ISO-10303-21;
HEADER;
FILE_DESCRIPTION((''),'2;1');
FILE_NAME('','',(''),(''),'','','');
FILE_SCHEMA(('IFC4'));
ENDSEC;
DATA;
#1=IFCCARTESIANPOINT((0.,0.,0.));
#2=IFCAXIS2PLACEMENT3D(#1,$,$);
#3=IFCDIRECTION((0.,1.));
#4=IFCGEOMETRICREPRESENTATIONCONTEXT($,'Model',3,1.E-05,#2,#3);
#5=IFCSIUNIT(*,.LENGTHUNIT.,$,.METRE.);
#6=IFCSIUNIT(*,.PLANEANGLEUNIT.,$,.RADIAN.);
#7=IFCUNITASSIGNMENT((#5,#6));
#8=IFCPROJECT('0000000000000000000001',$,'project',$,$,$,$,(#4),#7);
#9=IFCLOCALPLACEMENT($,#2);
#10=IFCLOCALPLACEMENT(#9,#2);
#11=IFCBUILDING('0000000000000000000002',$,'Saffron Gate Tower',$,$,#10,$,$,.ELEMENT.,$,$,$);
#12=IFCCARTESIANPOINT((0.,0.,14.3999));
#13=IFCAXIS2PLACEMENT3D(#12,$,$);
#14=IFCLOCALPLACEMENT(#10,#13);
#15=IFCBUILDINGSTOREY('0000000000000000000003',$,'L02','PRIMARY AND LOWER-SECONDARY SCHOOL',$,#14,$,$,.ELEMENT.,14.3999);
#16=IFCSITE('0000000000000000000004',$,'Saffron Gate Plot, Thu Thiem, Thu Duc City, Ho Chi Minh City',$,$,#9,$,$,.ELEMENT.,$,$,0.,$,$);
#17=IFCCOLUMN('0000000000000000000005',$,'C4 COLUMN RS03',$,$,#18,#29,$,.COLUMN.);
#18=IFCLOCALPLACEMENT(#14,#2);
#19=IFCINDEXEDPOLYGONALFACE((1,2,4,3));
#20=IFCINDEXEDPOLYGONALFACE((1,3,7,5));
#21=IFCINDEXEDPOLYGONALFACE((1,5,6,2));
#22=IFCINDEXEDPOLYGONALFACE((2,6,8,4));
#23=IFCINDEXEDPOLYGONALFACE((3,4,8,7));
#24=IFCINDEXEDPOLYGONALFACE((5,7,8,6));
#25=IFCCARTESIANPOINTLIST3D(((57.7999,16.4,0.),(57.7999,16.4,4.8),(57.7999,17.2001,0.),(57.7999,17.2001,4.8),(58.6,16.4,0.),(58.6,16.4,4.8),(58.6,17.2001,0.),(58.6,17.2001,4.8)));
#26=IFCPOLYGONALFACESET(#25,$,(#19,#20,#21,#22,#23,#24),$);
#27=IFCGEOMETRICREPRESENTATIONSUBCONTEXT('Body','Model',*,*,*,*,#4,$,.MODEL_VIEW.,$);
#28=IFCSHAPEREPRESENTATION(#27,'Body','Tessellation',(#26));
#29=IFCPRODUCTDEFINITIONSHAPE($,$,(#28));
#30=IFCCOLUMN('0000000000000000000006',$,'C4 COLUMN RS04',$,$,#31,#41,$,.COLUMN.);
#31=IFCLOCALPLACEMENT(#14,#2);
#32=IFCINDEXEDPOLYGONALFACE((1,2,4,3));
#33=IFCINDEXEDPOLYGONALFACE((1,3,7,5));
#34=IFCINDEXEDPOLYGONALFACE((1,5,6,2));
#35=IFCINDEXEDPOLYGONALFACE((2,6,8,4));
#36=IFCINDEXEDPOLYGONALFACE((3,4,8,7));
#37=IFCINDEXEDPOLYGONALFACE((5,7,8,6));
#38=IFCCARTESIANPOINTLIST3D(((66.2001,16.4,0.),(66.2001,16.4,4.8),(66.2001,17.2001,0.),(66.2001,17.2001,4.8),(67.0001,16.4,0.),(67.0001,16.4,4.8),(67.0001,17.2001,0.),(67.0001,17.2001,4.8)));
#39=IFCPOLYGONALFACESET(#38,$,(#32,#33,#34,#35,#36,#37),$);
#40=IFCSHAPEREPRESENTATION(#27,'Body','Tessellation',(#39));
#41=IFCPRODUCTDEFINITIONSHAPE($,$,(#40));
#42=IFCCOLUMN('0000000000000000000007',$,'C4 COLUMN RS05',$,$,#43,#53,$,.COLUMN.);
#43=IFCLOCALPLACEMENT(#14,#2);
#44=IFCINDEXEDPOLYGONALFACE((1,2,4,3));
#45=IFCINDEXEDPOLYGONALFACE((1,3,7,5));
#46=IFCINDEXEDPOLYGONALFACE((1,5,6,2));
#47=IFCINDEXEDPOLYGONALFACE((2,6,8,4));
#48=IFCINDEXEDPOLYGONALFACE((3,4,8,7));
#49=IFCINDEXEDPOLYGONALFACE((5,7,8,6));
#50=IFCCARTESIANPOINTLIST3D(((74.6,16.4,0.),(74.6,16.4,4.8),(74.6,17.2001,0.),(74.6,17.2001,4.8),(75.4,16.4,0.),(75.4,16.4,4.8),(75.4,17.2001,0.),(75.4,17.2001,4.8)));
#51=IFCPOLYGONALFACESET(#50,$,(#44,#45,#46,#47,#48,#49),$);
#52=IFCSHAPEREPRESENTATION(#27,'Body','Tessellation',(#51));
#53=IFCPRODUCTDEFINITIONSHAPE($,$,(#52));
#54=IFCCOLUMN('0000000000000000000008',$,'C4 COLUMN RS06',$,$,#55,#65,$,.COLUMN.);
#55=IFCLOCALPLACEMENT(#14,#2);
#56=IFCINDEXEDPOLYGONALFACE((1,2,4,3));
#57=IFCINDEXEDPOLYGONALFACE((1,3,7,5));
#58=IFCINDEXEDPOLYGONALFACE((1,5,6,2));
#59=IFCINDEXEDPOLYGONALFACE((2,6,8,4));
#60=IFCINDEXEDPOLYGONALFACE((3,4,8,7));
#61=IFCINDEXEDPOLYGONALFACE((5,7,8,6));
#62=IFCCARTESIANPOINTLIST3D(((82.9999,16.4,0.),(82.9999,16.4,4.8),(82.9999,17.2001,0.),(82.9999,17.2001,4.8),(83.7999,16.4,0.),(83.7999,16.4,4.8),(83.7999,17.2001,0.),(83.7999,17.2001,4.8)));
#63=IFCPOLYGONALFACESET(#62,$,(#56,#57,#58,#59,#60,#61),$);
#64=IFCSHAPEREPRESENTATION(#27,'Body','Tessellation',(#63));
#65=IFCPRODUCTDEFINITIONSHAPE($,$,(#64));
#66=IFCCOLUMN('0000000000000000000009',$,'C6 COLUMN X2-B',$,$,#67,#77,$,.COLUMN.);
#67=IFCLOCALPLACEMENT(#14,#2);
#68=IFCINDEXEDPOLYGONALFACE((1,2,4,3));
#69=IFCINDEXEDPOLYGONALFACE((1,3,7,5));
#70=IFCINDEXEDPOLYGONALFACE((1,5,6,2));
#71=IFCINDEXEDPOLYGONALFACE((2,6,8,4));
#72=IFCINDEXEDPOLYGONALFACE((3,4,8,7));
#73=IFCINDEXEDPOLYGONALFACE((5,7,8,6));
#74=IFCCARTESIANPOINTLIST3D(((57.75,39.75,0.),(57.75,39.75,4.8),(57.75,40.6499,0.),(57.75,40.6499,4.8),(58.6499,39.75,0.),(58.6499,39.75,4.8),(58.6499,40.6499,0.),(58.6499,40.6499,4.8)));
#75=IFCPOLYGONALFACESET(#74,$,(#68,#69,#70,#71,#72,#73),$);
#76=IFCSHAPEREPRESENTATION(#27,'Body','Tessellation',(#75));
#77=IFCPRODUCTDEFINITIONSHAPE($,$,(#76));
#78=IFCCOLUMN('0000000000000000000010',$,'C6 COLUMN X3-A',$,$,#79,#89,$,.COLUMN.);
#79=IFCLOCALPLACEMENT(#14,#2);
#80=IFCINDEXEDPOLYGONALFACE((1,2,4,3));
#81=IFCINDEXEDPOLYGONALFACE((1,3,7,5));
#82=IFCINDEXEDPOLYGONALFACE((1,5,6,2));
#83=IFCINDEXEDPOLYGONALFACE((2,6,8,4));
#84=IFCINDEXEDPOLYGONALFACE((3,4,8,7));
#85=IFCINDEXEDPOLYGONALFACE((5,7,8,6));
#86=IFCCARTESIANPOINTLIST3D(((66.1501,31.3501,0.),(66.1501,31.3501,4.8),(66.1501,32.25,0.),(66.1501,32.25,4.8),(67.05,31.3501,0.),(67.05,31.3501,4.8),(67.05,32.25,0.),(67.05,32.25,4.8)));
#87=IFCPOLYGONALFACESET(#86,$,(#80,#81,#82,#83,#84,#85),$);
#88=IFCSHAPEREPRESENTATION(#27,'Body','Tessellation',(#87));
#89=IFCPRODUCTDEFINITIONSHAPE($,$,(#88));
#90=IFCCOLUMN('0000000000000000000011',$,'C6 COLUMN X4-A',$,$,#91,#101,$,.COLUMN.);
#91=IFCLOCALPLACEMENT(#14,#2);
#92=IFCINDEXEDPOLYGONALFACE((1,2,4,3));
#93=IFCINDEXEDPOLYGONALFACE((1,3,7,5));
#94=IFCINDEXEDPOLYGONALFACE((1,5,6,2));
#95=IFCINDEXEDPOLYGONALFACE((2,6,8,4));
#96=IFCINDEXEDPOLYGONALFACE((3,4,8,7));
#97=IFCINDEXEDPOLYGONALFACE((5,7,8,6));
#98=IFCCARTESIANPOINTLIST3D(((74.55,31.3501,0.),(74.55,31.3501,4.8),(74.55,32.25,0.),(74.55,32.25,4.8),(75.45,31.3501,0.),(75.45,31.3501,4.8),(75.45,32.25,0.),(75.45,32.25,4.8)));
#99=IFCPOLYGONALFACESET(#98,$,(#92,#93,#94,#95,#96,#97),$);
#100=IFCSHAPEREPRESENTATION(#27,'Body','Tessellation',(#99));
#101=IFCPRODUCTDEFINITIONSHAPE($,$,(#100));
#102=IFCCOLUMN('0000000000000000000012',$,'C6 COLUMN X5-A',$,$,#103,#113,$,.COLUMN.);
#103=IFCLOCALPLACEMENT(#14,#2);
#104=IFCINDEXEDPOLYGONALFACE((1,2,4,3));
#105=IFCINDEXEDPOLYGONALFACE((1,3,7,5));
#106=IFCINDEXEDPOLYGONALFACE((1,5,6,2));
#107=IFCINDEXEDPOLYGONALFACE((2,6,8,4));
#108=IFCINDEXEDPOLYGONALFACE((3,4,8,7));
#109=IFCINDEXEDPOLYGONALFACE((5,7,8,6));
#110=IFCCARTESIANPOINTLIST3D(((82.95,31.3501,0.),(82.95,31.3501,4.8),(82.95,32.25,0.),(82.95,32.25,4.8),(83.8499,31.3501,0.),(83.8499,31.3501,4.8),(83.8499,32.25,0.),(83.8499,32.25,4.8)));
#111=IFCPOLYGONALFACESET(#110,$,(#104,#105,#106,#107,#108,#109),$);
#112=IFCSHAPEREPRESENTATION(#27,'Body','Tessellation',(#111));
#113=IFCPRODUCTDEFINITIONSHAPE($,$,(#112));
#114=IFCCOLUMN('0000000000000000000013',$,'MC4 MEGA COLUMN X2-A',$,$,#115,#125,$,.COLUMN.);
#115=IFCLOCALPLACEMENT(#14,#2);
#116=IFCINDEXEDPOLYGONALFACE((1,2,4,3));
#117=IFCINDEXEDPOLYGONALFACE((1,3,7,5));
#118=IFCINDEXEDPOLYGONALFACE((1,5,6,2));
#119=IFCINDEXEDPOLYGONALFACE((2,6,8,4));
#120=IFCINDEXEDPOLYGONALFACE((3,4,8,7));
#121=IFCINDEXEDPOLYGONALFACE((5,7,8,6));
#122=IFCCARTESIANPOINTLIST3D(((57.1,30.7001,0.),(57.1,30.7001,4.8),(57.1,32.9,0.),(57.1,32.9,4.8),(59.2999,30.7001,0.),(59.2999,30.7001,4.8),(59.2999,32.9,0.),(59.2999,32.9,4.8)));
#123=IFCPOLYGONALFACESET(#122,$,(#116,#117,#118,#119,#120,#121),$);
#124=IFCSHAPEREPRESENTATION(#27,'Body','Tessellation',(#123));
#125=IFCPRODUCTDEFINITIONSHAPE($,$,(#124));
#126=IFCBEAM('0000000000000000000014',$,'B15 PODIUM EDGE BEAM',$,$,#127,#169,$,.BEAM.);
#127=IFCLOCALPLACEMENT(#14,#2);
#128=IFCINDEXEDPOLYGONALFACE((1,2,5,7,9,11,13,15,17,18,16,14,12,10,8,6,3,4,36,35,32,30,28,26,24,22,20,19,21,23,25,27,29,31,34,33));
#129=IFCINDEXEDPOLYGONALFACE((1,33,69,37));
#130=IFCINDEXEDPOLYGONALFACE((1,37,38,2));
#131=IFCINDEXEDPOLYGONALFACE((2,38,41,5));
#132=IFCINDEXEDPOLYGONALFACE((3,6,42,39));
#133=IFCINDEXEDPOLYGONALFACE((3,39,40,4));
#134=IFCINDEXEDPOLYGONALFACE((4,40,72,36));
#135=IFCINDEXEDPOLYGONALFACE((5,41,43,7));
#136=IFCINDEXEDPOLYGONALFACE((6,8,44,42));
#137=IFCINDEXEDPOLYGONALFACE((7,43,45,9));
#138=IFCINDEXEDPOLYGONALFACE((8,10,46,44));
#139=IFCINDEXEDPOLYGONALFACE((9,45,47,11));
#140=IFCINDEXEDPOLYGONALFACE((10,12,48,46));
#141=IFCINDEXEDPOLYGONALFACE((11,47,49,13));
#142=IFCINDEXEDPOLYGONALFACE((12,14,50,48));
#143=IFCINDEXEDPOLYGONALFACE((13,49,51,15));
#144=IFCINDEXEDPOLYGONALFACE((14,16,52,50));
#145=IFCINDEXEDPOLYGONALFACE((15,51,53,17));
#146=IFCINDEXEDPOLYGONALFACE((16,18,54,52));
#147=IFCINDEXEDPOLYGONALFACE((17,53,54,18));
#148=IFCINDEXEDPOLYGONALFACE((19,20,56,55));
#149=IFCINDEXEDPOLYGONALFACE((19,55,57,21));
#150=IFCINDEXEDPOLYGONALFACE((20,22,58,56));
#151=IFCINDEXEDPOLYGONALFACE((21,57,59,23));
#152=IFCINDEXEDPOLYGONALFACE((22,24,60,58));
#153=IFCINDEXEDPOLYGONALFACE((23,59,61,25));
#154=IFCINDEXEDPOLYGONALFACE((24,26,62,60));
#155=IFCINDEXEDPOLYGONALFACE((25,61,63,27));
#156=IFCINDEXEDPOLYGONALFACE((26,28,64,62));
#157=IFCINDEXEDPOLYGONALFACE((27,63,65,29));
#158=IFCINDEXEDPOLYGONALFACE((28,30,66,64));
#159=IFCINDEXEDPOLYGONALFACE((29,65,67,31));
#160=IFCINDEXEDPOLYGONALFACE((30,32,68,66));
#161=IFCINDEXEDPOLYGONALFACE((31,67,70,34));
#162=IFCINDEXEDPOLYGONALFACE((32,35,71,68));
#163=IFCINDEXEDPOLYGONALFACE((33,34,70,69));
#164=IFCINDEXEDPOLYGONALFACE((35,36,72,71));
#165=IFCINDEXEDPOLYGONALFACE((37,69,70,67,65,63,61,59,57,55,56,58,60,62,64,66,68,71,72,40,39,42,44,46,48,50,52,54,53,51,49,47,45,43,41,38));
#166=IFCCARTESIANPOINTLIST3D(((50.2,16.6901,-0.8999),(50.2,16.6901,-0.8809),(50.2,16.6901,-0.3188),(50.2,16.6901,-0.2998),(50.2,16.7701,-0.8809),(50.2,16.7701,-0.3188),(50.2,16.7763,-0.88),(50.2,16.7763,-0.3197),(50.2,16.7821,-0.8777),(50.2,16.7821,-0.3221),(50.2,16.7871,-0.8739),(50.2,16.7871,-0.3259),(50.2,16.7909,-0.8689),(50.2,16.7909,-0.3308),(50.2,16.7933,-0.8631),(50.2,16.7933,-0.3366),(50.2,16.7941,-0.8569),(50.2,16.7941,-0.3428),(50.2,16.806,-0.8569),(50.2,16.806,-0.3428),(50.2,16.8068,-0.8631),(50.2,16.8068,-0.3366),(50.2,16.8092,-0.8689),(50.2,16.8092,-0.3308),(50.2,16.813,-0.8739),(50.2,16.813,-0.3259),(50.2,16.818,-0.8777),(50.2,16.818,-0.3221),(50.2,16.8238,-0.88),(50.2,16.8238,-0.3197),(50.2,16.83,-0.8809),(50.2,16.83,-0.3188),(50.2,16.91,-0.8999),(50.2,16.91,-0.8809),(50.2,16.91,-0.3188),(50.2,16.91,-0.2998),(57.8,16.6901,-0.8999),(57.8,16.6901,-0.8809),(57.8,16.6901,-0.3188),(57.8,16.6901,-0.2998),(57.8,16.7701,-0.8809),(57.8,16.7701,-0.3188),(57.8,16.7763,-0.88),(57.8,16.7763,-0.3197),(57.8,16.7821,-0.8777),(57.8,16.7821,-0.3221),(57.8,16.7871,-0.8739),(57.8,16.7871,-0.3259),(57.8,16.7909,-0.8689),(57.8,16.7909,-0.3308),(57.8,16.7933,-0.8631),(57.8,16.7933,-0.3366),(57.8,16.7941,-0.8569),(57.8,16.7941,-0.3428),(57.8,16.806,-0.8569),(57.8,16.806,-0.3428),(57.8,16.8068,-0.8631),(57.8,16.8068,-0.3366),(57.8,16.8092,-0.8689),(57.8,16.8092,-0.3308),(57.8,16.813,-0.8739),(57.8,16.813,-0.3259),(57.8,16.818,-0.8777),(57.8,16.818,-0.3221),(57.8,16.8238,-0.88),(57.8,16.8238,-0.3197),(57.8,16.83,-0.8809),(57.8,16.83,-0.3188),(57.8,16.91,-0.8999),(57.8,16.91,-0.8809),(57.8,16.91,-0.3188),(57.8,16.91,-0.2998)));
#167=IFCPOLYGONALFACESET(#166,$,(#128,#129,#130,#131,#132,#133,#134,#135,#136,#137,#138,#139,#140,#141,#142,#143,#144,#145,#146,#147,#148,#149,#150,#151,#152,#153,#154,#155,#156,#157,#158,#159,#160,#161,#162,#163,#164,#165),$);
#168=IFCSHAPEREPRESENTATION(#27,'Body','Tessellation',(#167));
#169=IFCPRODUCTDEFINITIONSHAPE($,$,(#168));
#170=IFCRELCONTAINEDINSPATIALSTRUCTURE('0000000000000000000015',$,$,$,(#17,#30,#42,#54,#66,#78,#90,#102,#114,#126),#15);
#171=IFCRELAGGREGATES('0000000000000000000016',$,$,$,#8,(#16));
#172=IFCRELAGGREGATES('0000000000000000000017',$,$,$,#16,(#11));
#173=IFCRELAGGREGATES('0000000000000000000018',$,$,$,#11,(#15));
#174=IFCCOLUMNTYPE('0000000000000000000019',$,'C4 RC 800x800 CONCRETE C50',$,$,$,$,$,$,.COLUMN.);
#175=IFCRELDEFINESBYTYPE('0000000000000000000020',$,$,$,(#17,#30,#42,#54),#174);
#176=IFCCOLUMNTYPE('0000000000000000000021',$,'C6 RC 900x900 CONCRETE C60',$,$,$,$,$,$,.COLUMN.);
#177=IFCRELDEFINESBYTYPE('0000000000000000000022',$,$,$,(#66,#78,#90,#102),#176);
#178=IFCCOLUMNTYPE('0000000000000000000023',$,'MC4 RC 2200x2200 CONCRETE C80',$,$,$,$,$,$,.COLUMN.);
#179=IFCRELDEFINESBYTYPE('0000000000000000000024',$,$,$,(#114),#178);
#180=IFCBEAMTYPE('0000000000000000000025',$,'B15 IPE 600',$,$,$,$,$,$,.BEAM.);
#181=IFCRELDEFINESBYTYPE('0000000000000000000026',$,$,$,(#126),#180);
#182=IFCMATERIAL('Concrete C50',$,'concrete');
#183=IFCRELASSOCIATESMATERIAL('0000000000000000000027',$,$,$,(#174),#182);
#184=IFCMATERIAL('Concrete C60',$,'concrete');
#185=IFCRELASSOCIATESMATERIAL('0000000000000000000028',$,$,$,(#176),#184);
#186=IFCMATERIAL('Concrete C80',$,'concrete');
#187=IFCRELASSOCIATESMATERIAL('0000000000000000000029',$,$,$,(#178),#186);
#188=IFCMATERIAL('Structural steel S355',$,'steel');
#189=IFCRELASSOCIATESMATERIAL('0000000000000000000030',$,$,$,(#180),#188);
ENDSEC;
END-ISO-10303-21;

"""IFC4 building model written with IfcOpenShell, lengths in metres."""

from ifc_helpers import new_model, si_unit, direction, frame, origin, origin_2d, place, context, subcontext, project, spatial, rectangle, i_section, extrude, material, material_profile, profile_set, type_object, element, save


model = new_model("IFC4")

# Units and contexts
model_context = context("Model", 3, precision=1e-05, world=origin(), true_north=direction((0.0, 1.0)))
body_context = subcontext(model_context, "Body", "Model", "MODEL_VIEW")
ifc_project = project(units=[si_unit("LENGTHUNIT", "METRE"), si_unit("PLANEANGLEUNIT", "RADIAN")], contexts=[model_context])

# Site, building, storey
site_placement = place(None, origin())
site = spatial("IfcSite", under=ifc_project, at=site_placement, Name="Saffron Gate Plot, Thu Thiem, Thu Duc City, Ho Chi Minh City", CompositionType="ELEMENT", RefElevation=0.0)
building_placement = place(site_placement, origin())
building = spatial("IfcBuilding", under=site, at=building_placement, Name="Saffron Gate Tower", CompositionType="ELEMENT")
storey_placement = place(building_placement, frame((0.0, 0.0, 14.3999)))
storey = spatial("IfcBuildingStorey", under=building, at=storey_placement, Name="L02", Description="PRIMARY AND LOWER-SECONDARY SCHOOL", CompositionType="ELEMENT", Elevation=14.3999)

# Columns
ifc_material_1 = material(Name="Concrete C50", Category="concrete")
ifc_material_profile_1 = material_profile(ifc_material_1, rectangle(XDim=0.8, YDim=0.8, at=origin_2d()))
ifc_profile_set_1 = profile_set([ifc_material_profile_1], Name="Concrete C50")
column_type_1 = type_object("IfcColumnType", Name="C4 RC 800x800 CONCRETE C50", PredefinedType="COLUMN", material=ifc_profile_set_1)
for number, where, z_axis, x_axis, name in (
    (1, (58.2, 16.8, 0.0), (0.0, 0.0, 1.0), (1.0, 0.0, 0.0), "C4 COLUMN RS03"),
    (2, (66.6001, 16.8, 0.0), (0.0, 0.0, 1.0), (1.0, 0.0, 0.0), "C4 COLUMN RS04"),
    (3, (75.0, 16.8, 0.0), (0.0, 0.0, 1.0), (1.0, 0.0, 0.0), "C4 COLUMN RS05"),
    (4, (83.3999, 16.8, 0.0), (0.0, 0.0, 1.0), (1.0, 0.0, 0.0), "C4 COLUMN RS06"),
):
    element("IfcColumn", number, at=place(storey_placement, frame(where, z_axis=z_axis, x_axis=x_axis)), inside=storey, type_object=column_type_1, Name=name, PredefinedType="COLUMN", context=body_context, shape_type="SweptSolid", body=[
        extrude(rectangle(XDim=0.8, YDim=0.8, at=origin_2d()), origin(), (0.0, 0.0, 1.0), 4.8),
    ])
ifc_material_2 = material(Name="Concrete C60", Category="concrete")
ifc_material_profile_2 = material_profile(ifc_material_2, rectangle(XDim=0.8999, YDim=0.8999, at=origin_2d()))
ifc_profile_set_2 = profile_set([ifc_material_profile_2], Name="Concrete C60")
column_type_2 = type_object("IfcColumnType", Name="C6 RC 900x900 CONCRETE C60", PredefinedType="COLUMN", material=ifc_profile_set_2)
for number, where, z_axis, x_axis, name in (
    (5, (58.2, 40.2, 0.0), (0.0, 0.0, 1.0), (1.0, 0.0, 0.0), "C6 COLUMN X2-B"),
    (6, (66.6001, 31.8, 0.0), (0.0, 0.0, 1.0), (1.0, 0.0, 0.0), "C6 COLUMN X3-A"),
    (7, (75.0, 31.8, 0.0), (0.0, 0.0, 1.0), (1.0, 0.0, 0.0), "C6 COLUMN X4-A"),
    (8, (83.3999, 31.8, 0.0), (0.0, 0.0, 1.0), (1.0, 0.0, 0.0), "C6 COLUMN X5-A"),
):
    element("IfcColumn", number, at=place(storey_placement, frame(where, z_axis=z_axis, x_axis=x_axis)), inside=storey, type_object=column_type_2, Name=name, PredefinedType="COLUMN", context=body_context, shape_type="SweptSolid", body=[
        extrude(rectangle(XDim=0.8999, YDim=0.8999, at=origin_2d()), origin(), (0.0, 0.0, 1.0), 4.8),
    ])
ifc_material_3 = material(Name="Concrete C80", Category="concrete")
ifc_material_profile_3 = material_profile(ifc_material_3, rectangle(XDim=2.2, YDim=2.2, at=origin_2d()))
ifc_profile_set_3 = profile_set([ifc_material_profile_3], Name="Concrete C80")
column_type_3 = type_object("IfcColumnType", Name="MC4 RC 2200x2200 CONCRETE C80", PredefinedType="COLUMN", material=ifc_profile_set_3)
column_placement = place(storey_placement, frame((58.2, 31.8, 0.0), z_axis=(0.0, 0.0, 1.0), x_axis=(1.0, 0.0, 0.0)))
element("IfcColumn", 9, at=column_placement, inside=storey, type_object=column_type_3, Name="MC4 MEGA COLUMN X2-A", PredefinedType="COLUMN", context=body_context, shape_type="SweptSolid", body=[
    extrude(rectangle(XDim=2.2, YDim=2.2, at=origin_2d()), origin(), (0.0, 0.0, 1.0), 4.8),
])

# Beam
ifc_material_4 = material(Name="Structural steel S355", Category="steel")
ifc_material_profile_4 = material_profile(ifc_material_4, i_section(OverallWidth=0.22, OverallDepth=0.6001, WebThickness=0.012, FlangeThickness=0.019, FilletRadius=0.0239, at=origin_2d()))
ifc_profile_set_4 = profile_set([ifc_material_profile_4], Name="Structural steel S355")
beam_type_1 = type_object("IfcBeamType", Name="B15 IPE 600", PredefinedType="BEAM", material=ifc_profile_set_4)
beam_1_placement = place(storey_placement, frame((50.2, 16.8, -0.5999), z_axis=(1.0, 0.0, 0.0), x_axis=(0.0, 1.0, 0.0)))
element("IfcBeam", 10, at=beam_1_placement, inside=storey, type_object=beam_type_1, Name="B15 PODIUM EDGE BEAM", PredefinedType="BEAM", context=body_context, shape_type="SweptSolid", body=[
    extrude(i_section(OverallWidth=0.22, OverallDepth=0.6001, WebThickness=0.012, FlangeThickness=0.019, FilletRadius=0.0239, at=origin_2d()), origin(), (0.0, 0.0, 1.0), 7.6001),
])

save(model, "model.ifc")
